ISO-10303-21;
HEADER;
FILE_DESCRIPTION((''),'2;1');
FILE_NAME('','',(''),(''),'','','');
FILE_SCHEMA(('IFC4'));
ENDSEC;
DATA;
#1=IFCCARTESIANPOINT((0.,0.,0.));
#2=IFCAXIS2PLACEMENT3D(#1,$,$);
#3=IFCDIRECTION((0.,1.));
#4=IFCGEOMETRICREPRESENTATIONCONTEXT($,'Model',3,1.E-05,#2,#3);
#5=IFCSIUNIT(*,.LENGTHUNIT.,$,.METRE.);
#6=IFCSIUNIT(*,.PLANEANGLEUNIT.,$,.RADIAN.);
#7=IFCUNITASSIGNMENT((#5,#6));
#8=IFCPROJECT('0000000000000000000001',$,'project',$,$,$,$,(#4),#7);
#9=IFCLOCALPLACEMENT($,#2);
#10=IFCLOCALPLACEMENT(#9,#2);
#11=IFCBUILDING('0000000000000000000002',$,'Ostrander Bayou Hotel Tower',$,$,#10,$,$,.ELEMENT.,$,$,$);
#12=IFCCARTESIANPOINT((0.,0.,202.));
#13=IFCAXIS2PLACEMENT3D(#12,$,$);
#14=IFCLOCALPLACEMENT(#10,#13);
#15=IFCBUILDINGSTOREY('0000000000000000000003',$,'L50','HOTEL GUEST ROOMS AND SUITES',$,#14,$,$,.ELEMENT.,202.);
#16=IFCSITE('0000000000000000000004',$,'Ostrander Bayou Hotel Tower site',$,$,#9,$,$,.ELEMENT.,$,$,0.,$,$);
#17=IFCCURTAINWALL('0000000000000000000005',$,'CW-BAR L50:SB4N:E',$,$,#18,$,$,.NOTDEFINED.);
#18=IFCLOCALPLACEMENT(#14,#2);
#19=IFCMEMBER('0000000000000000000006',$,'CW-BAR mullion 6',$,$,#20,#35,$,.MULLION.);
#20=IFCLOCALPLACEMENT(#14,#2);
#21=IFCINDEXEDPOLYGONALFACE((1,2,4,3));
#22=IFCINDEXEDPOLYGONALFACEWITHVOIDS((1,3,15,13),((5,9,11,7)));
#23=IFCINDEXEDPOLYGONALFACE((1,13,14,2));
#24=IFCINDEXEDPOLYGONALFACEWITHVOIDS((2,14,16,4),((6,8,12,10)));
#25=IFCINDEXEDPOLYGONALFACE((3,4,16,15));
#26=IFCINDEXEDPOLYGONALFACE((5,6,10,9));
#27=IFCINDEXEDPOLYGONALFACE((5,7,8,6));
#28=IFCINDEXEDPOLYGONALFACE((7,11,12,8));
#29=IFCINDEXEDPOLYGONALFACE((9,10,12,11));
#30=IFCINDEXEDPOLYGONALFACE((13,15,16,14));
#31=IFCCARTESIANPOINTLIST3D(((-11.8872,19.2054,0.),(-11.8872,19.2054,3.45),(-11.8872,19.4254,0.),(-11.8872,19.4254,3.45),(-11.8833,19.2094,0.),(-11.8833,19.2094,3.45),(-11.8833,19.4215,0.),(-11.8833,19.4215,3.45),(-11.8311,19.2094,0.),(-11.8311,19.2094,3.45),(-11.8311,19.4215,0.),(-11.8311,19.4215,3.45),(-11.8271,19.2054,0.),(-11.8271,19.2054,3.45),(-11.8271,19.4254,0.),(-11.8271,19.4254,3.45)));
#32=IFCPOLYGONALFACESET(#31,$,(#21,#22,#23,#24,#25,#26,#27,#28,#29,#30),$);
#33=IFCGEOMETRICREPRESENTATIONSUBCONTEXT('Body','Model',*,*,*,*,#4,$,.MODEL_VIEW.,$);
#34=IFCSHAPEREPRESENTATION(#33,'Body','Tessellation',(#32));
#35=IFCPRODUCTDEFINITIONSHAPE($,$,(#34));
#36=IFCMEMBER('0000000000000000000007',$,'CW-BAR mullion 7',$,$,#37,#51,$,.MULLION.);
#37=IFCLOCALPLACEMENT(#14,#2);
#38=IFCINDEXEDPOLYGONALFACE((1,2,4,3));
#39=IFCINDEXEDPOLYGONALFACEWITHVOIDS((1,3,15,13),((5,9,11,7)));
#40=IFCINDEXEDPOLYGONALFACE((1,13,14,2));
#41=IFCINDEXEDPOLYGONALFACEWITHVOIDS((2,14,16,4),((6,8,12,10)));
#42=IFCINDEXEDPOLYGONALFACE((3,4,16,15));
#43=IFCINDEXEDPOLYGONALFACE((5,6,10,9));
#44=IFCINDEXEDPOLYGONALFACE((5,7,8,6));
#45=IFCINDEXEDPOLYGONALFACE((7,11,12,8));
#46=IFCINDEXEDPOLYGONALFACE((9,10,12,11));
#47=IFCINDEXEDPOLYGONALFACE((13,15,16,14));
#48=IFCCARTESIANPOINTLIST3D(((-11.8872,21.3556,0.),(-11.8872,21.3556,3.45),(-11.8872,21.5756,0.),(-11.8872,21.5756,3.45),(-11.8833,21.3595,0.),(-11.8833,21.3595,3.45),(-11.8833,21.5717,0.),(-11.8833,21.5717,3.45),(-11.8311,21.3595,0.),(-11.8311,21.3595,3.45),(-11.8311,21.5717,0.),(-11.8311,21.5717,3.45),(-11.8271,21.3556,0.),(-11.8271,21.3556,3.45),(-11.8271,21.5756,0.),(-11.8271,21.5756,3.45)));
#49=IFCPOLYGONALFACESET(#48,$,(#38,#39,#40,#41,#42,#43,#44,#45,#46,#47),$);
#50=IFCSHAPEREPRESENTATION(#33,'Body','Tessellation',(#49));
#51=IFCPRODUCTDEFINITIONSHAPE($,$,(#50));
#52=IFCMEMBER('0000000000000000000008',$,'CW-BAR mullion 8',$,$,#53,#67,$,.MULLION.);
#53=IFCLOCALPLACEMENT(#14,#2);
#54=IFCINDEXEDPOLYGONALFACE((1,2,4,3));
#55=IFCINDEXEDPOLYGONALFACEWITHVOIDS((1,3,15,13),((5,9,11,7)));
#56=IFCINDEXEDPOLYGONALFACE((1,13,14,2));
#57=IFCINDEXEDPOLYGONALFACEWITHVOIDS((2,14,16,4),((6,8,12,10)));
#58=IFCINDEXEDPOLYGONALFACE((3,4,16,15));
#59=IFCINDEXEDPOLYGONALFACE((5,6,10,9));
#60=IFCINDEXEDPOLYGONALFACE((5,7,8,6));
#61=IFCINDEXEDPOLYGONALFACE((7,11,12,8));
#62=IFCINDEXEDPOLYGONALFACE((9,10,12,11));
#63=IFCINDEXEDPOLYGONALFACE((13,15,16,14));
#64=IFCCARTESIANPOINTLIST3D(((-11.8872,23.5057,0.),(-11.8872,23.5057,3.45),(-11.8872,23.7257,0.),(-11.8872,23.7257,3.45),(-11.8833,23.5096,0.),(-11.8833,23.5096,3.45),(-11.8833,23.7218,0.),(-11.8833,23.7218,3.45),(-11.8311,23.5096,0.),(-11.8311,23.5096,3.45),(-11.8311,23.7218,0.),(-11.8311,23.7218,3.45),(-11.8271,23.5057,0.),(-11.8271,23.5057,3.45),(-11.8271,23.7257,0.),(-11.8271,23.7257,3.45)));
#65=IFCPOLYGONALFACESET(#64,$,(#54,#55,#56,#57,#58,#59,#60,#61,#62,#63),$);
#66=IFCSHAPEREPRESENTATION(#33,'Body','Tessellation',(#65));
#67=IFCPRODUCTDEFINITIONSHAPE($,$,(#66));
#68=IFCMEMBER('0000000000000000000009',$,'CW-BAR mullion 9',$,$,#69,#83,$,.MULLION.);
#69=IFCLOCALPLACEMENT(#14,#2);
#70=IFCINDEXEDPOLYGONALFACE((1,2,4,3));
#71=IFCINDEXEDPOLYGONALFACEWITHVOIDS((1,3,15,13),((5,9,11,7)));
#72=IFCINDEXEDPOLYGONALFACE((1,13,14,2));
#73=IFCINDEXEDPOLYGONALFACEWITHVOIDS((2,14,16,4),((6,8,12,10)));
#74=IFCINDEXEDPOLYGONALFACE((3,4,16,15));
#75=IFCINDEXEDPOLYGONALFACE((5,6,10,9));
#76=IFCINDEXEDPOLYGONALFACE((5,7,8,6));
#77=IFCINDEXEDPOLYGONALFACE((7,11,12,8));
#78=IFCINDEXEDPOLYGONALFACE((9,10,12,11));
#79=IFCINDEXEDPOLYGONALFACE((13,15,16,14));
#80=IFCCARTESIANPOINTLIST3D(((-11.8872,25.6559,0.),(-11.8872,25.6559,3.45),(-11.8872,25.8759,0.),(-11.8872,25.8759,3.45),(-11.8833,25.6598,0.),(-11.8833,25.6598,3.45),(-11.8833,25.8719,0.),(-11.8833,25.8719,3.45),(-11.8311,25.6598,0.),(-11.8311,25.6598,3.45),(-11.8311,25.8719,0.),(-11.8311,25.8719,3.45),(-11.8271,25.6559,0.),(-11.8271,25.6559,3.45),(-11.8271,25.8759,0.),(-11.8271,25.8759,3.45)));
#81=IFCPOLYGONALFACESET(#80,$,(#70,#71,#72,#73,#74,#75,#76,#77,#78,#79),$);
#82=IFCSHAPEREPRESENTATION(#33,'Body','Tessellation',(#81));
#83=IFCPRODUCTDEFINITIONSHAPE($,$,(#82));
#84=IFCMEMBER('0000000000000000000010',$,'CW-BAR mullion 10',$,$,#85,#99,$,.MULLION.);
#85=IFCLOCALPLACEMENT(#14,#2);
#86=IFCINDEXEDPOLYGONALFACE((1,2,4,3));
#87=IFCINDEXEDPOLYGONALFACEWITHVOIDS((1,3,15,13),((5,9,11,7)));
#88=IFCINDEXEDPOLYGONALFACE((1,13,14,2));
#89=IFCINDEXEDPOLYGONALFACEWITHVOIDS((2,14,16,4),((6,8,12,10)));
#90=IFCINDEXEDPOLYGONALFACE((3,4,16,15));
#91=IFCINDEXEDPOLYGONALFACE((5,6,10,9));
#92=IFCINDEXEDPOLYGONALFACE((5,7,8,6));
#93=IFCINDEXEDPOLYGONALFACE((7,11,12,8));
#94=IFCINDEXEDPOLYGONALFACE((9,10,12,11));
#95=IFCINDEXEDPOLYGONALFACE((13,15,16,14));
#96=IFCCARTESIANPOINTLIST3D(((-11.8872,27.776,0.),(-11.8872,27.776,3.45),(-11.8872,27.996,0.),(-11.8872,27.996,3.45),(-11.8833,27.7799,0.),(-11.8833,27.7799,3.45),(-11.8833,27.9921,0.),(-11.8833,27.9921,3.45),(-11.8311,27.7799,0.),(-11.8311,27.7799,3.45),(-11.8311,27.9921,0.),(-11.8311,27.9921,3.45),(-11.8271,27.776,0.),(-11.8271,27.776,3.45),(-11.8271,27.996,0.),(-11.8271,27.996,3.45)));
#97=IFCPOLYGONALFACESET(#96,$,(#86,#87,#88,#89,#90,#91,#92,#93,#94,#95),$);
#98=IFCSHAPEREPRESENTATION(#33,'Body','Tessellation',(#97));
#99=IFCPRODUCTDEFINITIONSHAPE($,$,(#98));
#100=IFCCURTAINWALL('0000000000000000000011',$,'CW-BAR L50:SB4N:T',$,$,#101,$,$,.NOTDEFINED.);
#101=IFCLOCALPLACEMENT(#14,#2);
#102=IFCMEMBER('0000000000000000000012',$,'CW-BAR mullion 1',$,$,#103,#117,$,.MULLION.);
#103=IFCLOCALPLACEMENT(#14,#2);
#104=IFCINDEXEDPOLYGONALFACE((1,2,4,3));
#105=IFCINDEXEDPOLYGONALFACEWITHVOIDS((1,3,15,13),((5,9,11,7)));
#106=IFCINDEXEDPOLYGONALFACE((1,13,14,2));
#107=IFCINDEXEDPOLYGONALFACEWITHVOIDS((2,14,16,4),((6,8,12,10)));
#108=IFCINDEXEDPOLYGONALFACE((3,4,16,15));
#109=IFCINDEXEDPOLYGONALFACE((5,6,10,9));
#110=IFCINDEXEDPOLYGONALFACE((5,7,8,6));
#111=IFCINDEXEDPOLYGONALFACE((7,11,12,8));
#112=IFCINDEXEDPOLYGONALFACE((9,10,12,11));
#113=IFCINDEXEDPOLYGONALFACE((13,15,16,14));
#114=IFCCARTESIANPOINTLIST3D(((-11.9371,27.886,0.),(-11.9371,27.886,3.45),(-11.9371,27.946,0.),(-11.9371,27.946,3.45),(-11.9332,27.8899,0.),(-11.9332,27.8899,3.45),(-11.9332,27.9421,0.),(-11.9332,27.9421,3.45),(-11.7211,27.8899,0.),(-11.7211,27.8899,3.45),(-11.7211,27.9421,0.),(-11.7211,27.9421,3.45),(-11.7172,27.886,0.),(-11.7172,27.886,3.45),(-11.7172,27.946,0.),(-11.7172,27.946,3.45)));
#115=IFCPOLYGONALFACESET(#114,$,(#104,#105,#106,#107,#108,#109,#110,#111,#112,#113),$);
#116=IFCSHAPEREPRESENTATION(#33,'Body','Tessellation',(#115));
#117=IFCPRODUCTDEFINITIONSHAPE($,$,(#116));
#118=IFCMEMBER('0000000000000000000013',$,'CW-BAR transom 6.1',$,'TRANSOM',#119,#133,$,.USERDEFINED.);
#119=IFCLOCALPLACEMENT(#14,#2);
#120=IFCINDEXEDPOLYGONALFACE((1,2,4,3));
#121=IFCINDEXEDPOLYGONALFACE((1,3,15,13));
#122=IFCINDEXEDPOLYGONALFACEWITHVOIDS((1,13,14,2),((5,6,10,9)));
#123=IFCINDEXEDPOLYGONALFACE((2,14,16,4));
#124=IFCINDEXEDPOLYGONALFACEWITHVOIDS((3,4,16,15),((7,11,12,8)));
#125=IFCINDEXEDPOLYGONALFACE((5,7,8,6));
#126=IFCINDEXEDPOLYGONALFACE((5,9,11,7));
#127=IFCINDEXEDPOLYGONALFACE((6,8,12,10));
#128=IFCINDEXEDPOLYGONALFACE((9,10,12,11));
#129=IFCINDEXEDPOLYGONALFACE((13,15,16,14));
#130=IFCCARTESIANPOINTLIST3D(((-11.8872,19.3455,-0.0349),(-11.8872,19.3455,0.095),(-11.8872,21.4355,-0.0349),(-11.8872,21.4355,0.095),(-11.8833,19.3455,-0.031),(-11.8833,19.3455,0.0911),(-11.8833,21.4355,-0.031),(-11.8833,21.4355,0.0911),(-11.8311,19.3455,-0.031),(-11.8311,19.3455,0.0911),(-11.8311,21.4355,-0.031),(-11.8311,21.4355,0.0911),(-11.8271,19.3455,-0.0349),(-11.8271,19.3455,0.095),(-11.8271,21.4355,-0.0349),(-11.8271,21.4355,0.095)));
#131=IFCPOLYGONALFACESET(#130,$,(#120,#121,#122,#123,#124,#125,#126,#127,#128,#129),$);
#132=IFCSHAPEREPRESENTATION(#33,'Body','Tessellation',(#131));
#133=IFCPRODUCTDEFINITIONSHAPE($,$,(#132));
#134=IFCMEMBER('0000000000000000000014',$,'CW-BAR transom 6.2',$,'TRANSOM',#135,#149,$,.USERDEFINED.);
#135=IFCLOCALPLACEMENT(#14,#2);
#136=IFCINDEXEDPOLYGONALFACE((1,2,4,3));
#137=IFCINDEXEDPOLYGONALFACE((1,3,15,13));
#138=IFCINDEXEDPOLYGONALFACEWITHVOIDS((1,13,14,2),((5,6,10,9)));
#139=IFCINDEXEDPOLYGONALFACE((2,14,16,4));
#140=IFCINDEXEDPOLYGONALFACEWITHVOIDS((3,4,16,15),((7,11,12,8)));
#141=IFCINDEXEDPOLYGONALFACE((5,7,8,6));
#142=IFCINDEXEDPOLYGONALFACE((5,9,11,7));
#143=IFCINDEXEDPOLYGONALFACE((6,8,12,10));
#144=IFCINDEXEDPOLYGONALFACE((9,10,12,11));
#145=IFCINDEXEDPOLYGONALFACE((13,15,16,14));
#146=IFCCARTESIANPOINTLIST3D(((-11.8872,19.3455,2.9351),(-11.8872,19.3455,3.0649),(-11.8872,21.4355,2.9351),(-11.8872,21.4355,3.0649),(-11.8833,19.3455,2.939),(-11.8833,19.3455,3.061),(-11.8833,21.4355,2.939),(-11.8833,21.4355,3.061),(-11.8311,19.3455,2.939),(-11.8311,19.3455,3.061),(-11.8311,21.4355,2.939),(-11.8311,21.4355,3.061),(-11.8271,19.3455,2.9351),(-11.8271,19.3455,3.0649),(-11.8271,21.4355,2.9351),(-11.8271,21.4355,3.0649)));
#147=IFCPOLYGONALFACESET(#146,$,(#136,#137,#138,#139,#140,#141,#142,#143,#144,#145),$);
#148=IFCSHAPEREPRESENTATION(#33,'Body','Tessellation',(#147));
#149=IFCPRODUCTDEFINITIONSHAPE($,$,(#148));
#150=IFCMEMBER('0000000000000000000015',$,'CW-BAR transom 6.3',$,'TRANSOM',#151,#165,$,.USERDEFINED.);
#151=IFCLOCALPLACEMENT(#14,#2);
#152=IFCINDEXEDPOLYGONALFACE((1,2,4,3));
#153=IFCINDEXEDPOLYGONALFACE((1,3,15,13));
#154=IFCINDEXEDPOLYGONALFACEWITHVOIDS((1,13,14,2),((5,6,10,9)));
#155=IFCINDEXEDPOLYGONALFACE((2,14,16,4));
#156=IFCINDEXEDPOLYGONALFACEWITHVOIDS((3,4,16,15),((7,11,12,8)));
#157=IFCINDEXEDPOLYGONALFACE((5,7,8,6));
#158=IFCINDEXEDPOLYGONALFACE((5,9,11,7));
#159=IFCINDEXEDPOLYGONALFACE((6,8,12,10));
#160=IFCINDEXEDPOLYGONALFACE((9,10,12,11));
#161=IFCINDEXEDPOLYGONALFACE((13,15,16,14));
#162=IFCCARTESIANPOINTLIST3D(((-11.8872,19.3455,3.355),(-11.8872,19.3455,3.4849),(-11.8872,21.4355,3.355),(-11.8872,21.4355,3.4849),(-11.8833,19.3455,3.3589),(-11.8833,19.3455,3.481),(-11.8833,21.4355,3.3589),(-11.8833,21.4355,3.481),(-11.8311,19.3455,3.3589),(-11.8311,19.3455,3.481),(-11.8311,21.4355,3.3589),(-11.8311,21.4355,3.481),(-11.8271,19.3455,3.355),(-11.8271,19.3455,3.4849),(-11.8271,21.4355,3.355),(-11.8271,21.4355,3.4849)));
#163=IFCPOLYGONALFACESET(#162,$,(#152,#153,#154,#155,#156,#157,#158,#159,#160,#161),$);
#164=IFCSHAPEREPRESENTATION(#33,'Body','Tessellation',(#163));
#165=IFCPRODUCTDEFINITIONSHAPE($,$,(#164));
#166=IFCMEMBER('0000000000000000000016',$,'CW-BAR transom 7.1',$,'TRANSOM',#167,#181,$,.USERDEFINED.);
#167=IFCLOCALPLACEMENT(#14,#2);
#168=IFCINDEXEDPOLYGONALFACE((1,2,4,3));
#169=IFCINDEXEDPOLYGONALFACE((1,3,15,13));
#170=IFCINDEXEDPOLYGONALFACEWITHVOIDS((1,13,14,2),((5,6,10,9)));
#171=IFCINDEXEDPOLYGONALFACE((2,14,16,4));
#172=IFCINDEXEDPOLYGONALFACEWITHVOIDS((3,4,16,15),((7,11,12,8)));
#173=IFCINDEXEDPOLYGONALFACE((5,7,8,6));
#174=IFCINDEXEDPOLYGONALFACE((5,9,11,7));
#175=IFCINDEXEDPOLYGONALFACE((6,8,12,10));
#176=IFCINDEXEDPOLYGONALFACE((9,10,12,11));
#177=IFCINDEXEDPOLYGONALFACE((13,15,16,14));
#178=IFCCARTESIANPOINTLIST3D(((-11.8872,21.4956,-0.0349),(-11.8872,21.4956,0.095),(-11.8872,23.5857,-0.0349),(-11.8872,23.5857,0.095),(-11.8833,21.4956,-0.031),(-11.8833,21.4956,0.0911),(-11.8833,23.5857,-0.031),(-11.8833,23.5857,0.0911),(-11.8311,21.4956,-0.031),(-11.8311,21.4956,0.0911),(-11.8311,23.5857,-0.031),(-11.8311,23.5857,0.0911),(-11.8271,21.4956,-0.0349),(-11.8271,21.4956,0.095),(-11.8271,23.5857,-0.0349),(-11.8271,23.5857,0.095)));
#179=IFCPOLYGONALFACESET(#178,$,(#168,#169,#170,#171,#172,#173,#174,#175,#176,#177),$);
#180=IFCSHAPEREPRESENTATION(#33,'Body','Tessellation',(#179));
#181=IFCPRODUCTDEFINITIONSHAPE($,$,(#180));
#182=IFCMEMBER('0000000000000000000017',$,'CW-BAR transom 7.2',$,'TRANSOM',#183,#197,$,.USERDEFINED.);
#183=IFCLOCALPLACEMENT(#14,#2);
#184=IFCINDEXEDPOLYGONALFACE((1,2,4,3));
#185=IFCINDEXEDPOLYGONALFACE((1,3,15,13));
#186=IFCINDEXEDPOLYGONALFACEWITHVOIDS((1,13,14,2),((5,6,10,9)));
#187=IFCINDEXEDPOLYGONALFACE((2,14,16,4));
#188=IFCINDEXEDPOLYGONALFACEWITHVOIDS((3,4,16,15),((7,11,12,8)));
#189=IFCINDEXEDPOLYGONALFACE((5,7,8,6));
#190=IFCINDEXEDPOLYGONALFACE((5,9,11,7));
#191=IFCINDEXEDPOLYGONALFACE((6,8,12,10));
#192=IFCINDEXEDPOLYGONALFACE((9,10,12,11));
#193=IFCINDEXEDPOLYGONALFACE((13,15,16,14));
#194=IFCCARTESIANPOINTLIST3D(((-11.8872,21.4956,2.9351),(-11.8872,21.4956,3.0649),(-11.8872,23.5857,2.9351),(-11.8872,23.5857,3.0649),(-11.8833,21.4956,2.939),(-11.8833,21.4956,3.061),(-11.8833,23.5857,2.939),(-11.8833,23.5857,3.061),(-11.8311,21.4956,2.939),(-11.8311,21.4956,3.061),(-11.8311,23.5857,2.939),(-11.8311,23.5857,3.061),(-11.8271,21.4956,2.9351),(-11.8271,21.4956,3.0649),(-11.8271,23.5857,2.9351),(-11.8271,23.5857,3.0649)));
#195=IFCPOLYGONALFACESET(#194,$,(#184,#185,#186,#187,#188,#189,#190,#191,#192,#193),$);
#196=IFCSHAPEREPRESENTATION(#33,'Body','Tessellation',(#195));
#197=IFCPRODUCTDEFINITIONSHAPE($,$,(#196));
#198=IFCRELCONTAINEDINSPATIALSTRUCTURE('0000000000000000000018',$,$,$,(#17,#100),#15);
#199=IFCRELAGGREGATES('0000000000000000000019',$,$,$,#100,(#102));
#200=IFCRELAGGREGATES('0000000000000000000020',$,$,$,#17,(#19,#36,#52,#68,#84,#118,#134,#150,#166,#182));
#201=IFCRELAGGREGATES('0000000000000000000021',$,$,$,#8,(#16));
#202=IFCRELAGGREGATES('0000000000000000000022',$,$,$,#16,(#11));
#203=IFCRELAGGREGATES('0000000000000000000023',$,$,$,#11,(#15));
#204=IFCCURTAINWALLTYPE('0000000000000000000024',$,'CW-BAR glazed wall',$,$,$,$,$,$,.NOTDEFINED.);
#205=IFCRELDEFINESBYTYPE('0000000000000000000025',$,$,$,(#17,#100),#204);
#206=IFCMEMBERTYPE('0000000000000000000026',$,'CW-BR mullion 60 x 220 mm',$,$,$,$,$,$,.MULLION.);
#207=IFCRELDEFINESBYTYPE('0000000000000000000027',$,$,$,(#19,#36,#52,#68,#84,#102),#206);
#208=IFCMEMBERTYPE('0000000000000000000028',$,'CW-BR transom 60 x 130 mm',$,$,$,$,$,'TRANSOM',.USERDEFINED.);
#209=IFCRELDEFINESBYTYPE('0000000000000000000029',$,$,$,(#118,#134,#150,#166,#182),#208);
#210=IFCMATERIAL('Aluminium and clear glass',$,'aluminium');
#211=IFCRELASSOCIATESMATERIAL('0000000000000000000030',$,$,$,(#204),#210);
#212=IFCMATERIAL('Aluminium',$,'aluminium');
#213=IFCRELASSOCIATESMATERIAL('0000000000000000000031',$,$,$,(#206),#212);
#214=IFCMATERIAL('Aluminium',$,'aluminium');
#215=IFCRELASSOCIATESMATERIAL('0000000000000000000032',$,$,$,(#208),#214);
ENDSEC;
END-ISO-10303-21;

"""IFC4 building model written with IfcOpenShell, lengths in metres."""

from ifc_helpers import new_model, si_unit, direction, frame, origin, origin_2d, place, context, subcontext, project, spatial, hollow_rectangle, extrude, material, material_profile, profile_set, type_object, element, aggregate, save


model = new_model("IFC4")

# Units and contexts
model_context = context("Model", 3, precision=1e-05, world=origin(), true_north=direction((0.0, 1.0)))
body_context = subcontext(model_context, "Body", "Model", "MODEL_VIEW")
ifc_project = project(units=[si_unit("LENGTHUNIT", "METRE"), si_unit("PLANEANGLEUNIT", "RADIAN")], contexts=[model_context])

# Site, building, storey
site_placement = place(None, origin())
site = spatial("IfcSite", under=ifc_project, at=site_placement, Name="Ostrander Bayou Hotel Tower site", CompositionType="ELEMENT", RefElevation=0.0)
building_placement = place(site_placement, origin())
building = spatial("IfcBuilding", under=site, at=building_placement, Name="Ostrander Bayou Hotel Tower", CompositionType="ELEMENT")
storey_placement = place(building_placement, frame((0.0, 0.0, 202.0)))
storey = spatial("IfcBuildingStorey", under=building, at=storey_placement, Name="L50", Description="HOTEL GUEST ROOMS AND SUITES", CompositionType="ELEMENT", Elevation=202.0)

# Curtain wall, members
ifc_material_1 = material(Name="Aluminium and clear glass", Category="aluminium")
curtain_wall_type = type_object("IfcCurtainWallType", Name="CW-BAR glazed wall", PredefinedType="NOTDEFINED", material=ifc_material_1)
curtain_wall_1_placement = place(storey_placement, origin())
curtain_wall_1 = element("IfcCurtainWall", 1, at=curtain_wall_1_placement, inside=storey, type_object=curtain_wall_type, Name="CW-BAR L50:SB4N:E", PredefinedType="NOTDEFINED")
ifc_material_2 = material(Name="Aluminium", Category="aluminium")
ifc_material_profile_1 = material_profile(ifc_material_2, hollow_rectangle(XDim=0.0601, YDim=0.22, WallThickness=0.0039, at=origin_2d()))
ifc_profile_set_1 = profile_set([ifc_material_profile_1], Name="Aluminium")
member_type_1 = type_object("IfcMemberType", Name="CW-BR mullion 60 x 220 mm", PredefinedType="MULLION", material=ifc_profile_set_1)
member_1_placement = place(storey_placement, frame((-11.8572, 19.3154, 0.0), z_axis=(0.0, 0.0, 1.0), x_axis=(-1.0, 0.0, 0.0)))
member_1 = element("IfcMember", 2, at=member_1_placement, type_object=member_type_1, Name="CW-BAR mullion 6", PredefinedType="MULLION", context=body_context, shape_type="SweptSolid", body=[
    extrude(hollow_rectangle(XDim=0.0601, YDim=0.22, WallThickness=0.0039, at=origin_2d()), origin(), (0.0, 0.0, 1.0), 3.45),
])
member_2_placement = place(storey_placement, frame((-11.8572, 21.4656, 0.0), z_axis=(0.0, 0.0, 1.0), x_axis=(-1.0, 0.0, 0.0)))
member_2 = element("IfcMember", 3, at=member_2_placement, type_object=member_type_1, Name="CW-BAR mullion 7", PredefinedType="MULLION", context=body_context, shape_type="SweptSolid", body=[
    extrude(hollow_rectangle(XDim=0.0601, YDim=0.22, WallThickness=0.0039, at=origin_2d()), origin(), (0.0, 0.0, 1.0), 3.45),
])
member_3_placement = place(storey_placement, frame((-11.8572, 23.6157, 0.0), z_axis=(0.0, 0.0, 1.0), x_axis=(-1.0, 0.0, 0.0)))
member_3 = element("IfcMember", 4, at=member_3_placement, type_object=member_type_1, Name="CW-BAR mullion 8", PredefinedType="MULLION", context=body_context, shape_type="SweptSolid", body=[
    extrude(hollow_rectangle(XDim=0.0601, YDim=0.22, WallThickness=0.0039, at=origin_2d()), origin(), (0.0, 0.0, 1.0), 3.45),
])
member_4_placement = place(storey_placement, frame((-11.8572, 25.7659, 0.0), z_axis=(0.0, 0.0, 1.0), x_axis=(-1.0, 0.0, 0.0)))
member_4 = element("IfcMember", 5, at=member_4_placement, type_object=member_type_1, Name="CW-BAR mullion 9", PredefinedType="MULLION", context=body_context, shape_type="SweptSolid", body=[
    extrude(hollow_rectangle(XDim=0.0601, YDim=0.22, WallThickness=0.0039, at=origin_2d()), origin(), (0.0, 0.0, 1.0), 3.45),
])
member_5_placement = place(storey_placement, frame((-11.8572, 27.886, 0.0), z_axis=(0.0, 0.0, 1.0), x_axis=(-1.0, 0.0, 0.0)))
member_5 = element("IfcMember", 6, at=member_5_placement, type_object=member_type_1, Name="CW-BAR mullion 10", PredefinedType="MULLION", context=body_context, shape_type="SweptSolid", body=[
    extrude(hollow_rectangle(XDim=0.0601, YDim=0.22, WallThickness=0.0039, at=origin_2d()), origin(), (0.0, 0.0, 1.0), 3.45),
])

# Curtain wall, member
curtain_wall_2_placement = place(storey_placement, origin())
curtain_wall_2 = element("IfcCurtainWall", 7, at=curtain_wall_2_placement, inside=storey, type_object=curtain_wall_type, Name="CW-BAR L50:SB4N:T", PredefinedType="NOTDEFINED")
member_6_placement = place(storey_placement, frame((-11.8271, 27.916, 0.0), z_axis=(0.0, 0.0, 1.0), x_axis=(0.0, 1.0, 0.0)))
member_6 = element("IfcMember", 8, at=member_6_placement, type_object=member_type_1, Name="CW-BAR mullion 1", PredefinedType="MULLION", context=body_context, shape_type="SweptSolid", body=[
    extrude(hollow_rectangle(XDim=0.0601, YDim=0.22, WallThickness=0.0039, at=origin_2d()), origin(), (0.0, 0.0, 1.0), 3.45),
])
aggregate(curtain_wall_2, [member_6])

# Members
ifc_material_3 = material(Name="Aluminium", Category="aluminium")
ifc_material_profile_2 = material_profile(ifc_material_3, hollow_rectangle(XDim=0.0601, YDim=0.1299, WallThickness=0.0039, at=origin_2d()))
ifc_profile_set_2 = profile_set([ifc_material_profile_2], Name="Aluminium")
member_type_2 = type_object("IfcMemberType", Name="CW-BR transom 60 x 130 mm", ElementType="TRANSOM", PredefinedType="USERDEFINED", material=ifc_profile_set_2)
member_7_placement = place(storey_placement, frame((-11.8572, 19.3455, 0.03), z_axis=(0.0, 1.0, 0.0), x_axis=(-1.0, 0.0, 0.0)))
member_7 = element("IfcMember", 9, at=member_7_placement, type_object=member_type_2, Name="CW-BAR transom 6.1", ObjectType="TRANSOM", PredefinedType="USERDEFINED", context=body_context, shape_type="SweptSolid", body=[
    extrude(hollow_rectangle(XDim=0.0601, YDim=0.1299, WallThickness=0.0039, at=origin_2d()), origin(), (0.0, 0.0, 1.0), 2.0901),
])
member_8_placement = place(storey_placement, frame((-11.8572, 19.3455, 3.0), z_axis=(0.0, 1.0, 0.0), x_axis=(-1.0, 0.0, 0.0)))
member_8 = element("IfcMember", 10, at=member_8_placement, type_object=member_type_2, Name="CW-BAR transom 6.2", ObjectType="TRANSOM", PredefinedType="USERDEFINED", context=body_context, shape_type="SweptSolid", body=[
    extrude(hollow_rectangle(XDim=0.0601, YDim=0.1299, WallThickness=0.0039, at=origin_2d()), origin(), (0.0, 0.0, 1.0), 2.0901),
])
member_9_placement = place(storey_placement, frame((-11.8572, 19.3455, 3.4199), z_axis=(0.0, 1.0, 0.0), x_axis=(-1.0, 0.0, 0.0)))
member_9 = element("IfcMember", 11, at=member_9_placement, type_object=member_type_2, Name="CW-BAR transom 6.3", ObjectType="TRANSOM", PredefinedType="USERDEFINED", context=body_context, shape_type="SweptSolid", body=[
    extrude(hollow_rectangle(XDim=0.0601, YDim=0.1299, WallThickness=0.0039, at=origin_2d()), origin(), (0.0, 0.0, 1.0), 2.0901),
])
member_10_placement = place(storey_placement, frame((-11.8572, 21.4956, 0.03), z_axis=(0.0, 1.0, 0.0), x_axis=(-1.0, 0.0, 0.0)))
member_10 = element("IfcMember", 12, at=member_10_placement, type_object=member_type_2, Name="CW-BAR transom 7.1", ObjectType="TRANSOM", PredefinedType="USERDEFINED", context=body_context, shape_type="SweptSolid", body=[
    extrude(hollow_rectangle(XDim=0.0601, YDim=0.1299, WallThickness=0.0039, at=origin_2d()), origin(), (0.0, 0.0, 1.0), 2.0901),
])
member_11_placement = place(storey_placement, frame((-11.8572, 21.4956, 3.0), z_axis=(0.0, 1.0, 0.0), x_axis=(-1.0, 0.0, 0.0)))
member_11 = element("IfcMember", 13, at=member_11_placement, type_object=member_type_2, Name="CW-BAR transom 7.2", ObjectType="TRANSOM", PredefinedType="USERDEFINED", context=body_context, shape_type="SweptSolid", body=[
    extrude(hollow_rectangle(XDim=0.0601, YDim=0.1299, WallThickness=0.0039, at=origin_2d()), origin(), (0.0, 0.0, 1.0), 2.0901),
])

aggregate(curtain_wall_1, [member_1, member_2, member_3, member_4, member_5, member_7, member_8, member_9, member_10, member_11])

save(model, "model.ifc")
